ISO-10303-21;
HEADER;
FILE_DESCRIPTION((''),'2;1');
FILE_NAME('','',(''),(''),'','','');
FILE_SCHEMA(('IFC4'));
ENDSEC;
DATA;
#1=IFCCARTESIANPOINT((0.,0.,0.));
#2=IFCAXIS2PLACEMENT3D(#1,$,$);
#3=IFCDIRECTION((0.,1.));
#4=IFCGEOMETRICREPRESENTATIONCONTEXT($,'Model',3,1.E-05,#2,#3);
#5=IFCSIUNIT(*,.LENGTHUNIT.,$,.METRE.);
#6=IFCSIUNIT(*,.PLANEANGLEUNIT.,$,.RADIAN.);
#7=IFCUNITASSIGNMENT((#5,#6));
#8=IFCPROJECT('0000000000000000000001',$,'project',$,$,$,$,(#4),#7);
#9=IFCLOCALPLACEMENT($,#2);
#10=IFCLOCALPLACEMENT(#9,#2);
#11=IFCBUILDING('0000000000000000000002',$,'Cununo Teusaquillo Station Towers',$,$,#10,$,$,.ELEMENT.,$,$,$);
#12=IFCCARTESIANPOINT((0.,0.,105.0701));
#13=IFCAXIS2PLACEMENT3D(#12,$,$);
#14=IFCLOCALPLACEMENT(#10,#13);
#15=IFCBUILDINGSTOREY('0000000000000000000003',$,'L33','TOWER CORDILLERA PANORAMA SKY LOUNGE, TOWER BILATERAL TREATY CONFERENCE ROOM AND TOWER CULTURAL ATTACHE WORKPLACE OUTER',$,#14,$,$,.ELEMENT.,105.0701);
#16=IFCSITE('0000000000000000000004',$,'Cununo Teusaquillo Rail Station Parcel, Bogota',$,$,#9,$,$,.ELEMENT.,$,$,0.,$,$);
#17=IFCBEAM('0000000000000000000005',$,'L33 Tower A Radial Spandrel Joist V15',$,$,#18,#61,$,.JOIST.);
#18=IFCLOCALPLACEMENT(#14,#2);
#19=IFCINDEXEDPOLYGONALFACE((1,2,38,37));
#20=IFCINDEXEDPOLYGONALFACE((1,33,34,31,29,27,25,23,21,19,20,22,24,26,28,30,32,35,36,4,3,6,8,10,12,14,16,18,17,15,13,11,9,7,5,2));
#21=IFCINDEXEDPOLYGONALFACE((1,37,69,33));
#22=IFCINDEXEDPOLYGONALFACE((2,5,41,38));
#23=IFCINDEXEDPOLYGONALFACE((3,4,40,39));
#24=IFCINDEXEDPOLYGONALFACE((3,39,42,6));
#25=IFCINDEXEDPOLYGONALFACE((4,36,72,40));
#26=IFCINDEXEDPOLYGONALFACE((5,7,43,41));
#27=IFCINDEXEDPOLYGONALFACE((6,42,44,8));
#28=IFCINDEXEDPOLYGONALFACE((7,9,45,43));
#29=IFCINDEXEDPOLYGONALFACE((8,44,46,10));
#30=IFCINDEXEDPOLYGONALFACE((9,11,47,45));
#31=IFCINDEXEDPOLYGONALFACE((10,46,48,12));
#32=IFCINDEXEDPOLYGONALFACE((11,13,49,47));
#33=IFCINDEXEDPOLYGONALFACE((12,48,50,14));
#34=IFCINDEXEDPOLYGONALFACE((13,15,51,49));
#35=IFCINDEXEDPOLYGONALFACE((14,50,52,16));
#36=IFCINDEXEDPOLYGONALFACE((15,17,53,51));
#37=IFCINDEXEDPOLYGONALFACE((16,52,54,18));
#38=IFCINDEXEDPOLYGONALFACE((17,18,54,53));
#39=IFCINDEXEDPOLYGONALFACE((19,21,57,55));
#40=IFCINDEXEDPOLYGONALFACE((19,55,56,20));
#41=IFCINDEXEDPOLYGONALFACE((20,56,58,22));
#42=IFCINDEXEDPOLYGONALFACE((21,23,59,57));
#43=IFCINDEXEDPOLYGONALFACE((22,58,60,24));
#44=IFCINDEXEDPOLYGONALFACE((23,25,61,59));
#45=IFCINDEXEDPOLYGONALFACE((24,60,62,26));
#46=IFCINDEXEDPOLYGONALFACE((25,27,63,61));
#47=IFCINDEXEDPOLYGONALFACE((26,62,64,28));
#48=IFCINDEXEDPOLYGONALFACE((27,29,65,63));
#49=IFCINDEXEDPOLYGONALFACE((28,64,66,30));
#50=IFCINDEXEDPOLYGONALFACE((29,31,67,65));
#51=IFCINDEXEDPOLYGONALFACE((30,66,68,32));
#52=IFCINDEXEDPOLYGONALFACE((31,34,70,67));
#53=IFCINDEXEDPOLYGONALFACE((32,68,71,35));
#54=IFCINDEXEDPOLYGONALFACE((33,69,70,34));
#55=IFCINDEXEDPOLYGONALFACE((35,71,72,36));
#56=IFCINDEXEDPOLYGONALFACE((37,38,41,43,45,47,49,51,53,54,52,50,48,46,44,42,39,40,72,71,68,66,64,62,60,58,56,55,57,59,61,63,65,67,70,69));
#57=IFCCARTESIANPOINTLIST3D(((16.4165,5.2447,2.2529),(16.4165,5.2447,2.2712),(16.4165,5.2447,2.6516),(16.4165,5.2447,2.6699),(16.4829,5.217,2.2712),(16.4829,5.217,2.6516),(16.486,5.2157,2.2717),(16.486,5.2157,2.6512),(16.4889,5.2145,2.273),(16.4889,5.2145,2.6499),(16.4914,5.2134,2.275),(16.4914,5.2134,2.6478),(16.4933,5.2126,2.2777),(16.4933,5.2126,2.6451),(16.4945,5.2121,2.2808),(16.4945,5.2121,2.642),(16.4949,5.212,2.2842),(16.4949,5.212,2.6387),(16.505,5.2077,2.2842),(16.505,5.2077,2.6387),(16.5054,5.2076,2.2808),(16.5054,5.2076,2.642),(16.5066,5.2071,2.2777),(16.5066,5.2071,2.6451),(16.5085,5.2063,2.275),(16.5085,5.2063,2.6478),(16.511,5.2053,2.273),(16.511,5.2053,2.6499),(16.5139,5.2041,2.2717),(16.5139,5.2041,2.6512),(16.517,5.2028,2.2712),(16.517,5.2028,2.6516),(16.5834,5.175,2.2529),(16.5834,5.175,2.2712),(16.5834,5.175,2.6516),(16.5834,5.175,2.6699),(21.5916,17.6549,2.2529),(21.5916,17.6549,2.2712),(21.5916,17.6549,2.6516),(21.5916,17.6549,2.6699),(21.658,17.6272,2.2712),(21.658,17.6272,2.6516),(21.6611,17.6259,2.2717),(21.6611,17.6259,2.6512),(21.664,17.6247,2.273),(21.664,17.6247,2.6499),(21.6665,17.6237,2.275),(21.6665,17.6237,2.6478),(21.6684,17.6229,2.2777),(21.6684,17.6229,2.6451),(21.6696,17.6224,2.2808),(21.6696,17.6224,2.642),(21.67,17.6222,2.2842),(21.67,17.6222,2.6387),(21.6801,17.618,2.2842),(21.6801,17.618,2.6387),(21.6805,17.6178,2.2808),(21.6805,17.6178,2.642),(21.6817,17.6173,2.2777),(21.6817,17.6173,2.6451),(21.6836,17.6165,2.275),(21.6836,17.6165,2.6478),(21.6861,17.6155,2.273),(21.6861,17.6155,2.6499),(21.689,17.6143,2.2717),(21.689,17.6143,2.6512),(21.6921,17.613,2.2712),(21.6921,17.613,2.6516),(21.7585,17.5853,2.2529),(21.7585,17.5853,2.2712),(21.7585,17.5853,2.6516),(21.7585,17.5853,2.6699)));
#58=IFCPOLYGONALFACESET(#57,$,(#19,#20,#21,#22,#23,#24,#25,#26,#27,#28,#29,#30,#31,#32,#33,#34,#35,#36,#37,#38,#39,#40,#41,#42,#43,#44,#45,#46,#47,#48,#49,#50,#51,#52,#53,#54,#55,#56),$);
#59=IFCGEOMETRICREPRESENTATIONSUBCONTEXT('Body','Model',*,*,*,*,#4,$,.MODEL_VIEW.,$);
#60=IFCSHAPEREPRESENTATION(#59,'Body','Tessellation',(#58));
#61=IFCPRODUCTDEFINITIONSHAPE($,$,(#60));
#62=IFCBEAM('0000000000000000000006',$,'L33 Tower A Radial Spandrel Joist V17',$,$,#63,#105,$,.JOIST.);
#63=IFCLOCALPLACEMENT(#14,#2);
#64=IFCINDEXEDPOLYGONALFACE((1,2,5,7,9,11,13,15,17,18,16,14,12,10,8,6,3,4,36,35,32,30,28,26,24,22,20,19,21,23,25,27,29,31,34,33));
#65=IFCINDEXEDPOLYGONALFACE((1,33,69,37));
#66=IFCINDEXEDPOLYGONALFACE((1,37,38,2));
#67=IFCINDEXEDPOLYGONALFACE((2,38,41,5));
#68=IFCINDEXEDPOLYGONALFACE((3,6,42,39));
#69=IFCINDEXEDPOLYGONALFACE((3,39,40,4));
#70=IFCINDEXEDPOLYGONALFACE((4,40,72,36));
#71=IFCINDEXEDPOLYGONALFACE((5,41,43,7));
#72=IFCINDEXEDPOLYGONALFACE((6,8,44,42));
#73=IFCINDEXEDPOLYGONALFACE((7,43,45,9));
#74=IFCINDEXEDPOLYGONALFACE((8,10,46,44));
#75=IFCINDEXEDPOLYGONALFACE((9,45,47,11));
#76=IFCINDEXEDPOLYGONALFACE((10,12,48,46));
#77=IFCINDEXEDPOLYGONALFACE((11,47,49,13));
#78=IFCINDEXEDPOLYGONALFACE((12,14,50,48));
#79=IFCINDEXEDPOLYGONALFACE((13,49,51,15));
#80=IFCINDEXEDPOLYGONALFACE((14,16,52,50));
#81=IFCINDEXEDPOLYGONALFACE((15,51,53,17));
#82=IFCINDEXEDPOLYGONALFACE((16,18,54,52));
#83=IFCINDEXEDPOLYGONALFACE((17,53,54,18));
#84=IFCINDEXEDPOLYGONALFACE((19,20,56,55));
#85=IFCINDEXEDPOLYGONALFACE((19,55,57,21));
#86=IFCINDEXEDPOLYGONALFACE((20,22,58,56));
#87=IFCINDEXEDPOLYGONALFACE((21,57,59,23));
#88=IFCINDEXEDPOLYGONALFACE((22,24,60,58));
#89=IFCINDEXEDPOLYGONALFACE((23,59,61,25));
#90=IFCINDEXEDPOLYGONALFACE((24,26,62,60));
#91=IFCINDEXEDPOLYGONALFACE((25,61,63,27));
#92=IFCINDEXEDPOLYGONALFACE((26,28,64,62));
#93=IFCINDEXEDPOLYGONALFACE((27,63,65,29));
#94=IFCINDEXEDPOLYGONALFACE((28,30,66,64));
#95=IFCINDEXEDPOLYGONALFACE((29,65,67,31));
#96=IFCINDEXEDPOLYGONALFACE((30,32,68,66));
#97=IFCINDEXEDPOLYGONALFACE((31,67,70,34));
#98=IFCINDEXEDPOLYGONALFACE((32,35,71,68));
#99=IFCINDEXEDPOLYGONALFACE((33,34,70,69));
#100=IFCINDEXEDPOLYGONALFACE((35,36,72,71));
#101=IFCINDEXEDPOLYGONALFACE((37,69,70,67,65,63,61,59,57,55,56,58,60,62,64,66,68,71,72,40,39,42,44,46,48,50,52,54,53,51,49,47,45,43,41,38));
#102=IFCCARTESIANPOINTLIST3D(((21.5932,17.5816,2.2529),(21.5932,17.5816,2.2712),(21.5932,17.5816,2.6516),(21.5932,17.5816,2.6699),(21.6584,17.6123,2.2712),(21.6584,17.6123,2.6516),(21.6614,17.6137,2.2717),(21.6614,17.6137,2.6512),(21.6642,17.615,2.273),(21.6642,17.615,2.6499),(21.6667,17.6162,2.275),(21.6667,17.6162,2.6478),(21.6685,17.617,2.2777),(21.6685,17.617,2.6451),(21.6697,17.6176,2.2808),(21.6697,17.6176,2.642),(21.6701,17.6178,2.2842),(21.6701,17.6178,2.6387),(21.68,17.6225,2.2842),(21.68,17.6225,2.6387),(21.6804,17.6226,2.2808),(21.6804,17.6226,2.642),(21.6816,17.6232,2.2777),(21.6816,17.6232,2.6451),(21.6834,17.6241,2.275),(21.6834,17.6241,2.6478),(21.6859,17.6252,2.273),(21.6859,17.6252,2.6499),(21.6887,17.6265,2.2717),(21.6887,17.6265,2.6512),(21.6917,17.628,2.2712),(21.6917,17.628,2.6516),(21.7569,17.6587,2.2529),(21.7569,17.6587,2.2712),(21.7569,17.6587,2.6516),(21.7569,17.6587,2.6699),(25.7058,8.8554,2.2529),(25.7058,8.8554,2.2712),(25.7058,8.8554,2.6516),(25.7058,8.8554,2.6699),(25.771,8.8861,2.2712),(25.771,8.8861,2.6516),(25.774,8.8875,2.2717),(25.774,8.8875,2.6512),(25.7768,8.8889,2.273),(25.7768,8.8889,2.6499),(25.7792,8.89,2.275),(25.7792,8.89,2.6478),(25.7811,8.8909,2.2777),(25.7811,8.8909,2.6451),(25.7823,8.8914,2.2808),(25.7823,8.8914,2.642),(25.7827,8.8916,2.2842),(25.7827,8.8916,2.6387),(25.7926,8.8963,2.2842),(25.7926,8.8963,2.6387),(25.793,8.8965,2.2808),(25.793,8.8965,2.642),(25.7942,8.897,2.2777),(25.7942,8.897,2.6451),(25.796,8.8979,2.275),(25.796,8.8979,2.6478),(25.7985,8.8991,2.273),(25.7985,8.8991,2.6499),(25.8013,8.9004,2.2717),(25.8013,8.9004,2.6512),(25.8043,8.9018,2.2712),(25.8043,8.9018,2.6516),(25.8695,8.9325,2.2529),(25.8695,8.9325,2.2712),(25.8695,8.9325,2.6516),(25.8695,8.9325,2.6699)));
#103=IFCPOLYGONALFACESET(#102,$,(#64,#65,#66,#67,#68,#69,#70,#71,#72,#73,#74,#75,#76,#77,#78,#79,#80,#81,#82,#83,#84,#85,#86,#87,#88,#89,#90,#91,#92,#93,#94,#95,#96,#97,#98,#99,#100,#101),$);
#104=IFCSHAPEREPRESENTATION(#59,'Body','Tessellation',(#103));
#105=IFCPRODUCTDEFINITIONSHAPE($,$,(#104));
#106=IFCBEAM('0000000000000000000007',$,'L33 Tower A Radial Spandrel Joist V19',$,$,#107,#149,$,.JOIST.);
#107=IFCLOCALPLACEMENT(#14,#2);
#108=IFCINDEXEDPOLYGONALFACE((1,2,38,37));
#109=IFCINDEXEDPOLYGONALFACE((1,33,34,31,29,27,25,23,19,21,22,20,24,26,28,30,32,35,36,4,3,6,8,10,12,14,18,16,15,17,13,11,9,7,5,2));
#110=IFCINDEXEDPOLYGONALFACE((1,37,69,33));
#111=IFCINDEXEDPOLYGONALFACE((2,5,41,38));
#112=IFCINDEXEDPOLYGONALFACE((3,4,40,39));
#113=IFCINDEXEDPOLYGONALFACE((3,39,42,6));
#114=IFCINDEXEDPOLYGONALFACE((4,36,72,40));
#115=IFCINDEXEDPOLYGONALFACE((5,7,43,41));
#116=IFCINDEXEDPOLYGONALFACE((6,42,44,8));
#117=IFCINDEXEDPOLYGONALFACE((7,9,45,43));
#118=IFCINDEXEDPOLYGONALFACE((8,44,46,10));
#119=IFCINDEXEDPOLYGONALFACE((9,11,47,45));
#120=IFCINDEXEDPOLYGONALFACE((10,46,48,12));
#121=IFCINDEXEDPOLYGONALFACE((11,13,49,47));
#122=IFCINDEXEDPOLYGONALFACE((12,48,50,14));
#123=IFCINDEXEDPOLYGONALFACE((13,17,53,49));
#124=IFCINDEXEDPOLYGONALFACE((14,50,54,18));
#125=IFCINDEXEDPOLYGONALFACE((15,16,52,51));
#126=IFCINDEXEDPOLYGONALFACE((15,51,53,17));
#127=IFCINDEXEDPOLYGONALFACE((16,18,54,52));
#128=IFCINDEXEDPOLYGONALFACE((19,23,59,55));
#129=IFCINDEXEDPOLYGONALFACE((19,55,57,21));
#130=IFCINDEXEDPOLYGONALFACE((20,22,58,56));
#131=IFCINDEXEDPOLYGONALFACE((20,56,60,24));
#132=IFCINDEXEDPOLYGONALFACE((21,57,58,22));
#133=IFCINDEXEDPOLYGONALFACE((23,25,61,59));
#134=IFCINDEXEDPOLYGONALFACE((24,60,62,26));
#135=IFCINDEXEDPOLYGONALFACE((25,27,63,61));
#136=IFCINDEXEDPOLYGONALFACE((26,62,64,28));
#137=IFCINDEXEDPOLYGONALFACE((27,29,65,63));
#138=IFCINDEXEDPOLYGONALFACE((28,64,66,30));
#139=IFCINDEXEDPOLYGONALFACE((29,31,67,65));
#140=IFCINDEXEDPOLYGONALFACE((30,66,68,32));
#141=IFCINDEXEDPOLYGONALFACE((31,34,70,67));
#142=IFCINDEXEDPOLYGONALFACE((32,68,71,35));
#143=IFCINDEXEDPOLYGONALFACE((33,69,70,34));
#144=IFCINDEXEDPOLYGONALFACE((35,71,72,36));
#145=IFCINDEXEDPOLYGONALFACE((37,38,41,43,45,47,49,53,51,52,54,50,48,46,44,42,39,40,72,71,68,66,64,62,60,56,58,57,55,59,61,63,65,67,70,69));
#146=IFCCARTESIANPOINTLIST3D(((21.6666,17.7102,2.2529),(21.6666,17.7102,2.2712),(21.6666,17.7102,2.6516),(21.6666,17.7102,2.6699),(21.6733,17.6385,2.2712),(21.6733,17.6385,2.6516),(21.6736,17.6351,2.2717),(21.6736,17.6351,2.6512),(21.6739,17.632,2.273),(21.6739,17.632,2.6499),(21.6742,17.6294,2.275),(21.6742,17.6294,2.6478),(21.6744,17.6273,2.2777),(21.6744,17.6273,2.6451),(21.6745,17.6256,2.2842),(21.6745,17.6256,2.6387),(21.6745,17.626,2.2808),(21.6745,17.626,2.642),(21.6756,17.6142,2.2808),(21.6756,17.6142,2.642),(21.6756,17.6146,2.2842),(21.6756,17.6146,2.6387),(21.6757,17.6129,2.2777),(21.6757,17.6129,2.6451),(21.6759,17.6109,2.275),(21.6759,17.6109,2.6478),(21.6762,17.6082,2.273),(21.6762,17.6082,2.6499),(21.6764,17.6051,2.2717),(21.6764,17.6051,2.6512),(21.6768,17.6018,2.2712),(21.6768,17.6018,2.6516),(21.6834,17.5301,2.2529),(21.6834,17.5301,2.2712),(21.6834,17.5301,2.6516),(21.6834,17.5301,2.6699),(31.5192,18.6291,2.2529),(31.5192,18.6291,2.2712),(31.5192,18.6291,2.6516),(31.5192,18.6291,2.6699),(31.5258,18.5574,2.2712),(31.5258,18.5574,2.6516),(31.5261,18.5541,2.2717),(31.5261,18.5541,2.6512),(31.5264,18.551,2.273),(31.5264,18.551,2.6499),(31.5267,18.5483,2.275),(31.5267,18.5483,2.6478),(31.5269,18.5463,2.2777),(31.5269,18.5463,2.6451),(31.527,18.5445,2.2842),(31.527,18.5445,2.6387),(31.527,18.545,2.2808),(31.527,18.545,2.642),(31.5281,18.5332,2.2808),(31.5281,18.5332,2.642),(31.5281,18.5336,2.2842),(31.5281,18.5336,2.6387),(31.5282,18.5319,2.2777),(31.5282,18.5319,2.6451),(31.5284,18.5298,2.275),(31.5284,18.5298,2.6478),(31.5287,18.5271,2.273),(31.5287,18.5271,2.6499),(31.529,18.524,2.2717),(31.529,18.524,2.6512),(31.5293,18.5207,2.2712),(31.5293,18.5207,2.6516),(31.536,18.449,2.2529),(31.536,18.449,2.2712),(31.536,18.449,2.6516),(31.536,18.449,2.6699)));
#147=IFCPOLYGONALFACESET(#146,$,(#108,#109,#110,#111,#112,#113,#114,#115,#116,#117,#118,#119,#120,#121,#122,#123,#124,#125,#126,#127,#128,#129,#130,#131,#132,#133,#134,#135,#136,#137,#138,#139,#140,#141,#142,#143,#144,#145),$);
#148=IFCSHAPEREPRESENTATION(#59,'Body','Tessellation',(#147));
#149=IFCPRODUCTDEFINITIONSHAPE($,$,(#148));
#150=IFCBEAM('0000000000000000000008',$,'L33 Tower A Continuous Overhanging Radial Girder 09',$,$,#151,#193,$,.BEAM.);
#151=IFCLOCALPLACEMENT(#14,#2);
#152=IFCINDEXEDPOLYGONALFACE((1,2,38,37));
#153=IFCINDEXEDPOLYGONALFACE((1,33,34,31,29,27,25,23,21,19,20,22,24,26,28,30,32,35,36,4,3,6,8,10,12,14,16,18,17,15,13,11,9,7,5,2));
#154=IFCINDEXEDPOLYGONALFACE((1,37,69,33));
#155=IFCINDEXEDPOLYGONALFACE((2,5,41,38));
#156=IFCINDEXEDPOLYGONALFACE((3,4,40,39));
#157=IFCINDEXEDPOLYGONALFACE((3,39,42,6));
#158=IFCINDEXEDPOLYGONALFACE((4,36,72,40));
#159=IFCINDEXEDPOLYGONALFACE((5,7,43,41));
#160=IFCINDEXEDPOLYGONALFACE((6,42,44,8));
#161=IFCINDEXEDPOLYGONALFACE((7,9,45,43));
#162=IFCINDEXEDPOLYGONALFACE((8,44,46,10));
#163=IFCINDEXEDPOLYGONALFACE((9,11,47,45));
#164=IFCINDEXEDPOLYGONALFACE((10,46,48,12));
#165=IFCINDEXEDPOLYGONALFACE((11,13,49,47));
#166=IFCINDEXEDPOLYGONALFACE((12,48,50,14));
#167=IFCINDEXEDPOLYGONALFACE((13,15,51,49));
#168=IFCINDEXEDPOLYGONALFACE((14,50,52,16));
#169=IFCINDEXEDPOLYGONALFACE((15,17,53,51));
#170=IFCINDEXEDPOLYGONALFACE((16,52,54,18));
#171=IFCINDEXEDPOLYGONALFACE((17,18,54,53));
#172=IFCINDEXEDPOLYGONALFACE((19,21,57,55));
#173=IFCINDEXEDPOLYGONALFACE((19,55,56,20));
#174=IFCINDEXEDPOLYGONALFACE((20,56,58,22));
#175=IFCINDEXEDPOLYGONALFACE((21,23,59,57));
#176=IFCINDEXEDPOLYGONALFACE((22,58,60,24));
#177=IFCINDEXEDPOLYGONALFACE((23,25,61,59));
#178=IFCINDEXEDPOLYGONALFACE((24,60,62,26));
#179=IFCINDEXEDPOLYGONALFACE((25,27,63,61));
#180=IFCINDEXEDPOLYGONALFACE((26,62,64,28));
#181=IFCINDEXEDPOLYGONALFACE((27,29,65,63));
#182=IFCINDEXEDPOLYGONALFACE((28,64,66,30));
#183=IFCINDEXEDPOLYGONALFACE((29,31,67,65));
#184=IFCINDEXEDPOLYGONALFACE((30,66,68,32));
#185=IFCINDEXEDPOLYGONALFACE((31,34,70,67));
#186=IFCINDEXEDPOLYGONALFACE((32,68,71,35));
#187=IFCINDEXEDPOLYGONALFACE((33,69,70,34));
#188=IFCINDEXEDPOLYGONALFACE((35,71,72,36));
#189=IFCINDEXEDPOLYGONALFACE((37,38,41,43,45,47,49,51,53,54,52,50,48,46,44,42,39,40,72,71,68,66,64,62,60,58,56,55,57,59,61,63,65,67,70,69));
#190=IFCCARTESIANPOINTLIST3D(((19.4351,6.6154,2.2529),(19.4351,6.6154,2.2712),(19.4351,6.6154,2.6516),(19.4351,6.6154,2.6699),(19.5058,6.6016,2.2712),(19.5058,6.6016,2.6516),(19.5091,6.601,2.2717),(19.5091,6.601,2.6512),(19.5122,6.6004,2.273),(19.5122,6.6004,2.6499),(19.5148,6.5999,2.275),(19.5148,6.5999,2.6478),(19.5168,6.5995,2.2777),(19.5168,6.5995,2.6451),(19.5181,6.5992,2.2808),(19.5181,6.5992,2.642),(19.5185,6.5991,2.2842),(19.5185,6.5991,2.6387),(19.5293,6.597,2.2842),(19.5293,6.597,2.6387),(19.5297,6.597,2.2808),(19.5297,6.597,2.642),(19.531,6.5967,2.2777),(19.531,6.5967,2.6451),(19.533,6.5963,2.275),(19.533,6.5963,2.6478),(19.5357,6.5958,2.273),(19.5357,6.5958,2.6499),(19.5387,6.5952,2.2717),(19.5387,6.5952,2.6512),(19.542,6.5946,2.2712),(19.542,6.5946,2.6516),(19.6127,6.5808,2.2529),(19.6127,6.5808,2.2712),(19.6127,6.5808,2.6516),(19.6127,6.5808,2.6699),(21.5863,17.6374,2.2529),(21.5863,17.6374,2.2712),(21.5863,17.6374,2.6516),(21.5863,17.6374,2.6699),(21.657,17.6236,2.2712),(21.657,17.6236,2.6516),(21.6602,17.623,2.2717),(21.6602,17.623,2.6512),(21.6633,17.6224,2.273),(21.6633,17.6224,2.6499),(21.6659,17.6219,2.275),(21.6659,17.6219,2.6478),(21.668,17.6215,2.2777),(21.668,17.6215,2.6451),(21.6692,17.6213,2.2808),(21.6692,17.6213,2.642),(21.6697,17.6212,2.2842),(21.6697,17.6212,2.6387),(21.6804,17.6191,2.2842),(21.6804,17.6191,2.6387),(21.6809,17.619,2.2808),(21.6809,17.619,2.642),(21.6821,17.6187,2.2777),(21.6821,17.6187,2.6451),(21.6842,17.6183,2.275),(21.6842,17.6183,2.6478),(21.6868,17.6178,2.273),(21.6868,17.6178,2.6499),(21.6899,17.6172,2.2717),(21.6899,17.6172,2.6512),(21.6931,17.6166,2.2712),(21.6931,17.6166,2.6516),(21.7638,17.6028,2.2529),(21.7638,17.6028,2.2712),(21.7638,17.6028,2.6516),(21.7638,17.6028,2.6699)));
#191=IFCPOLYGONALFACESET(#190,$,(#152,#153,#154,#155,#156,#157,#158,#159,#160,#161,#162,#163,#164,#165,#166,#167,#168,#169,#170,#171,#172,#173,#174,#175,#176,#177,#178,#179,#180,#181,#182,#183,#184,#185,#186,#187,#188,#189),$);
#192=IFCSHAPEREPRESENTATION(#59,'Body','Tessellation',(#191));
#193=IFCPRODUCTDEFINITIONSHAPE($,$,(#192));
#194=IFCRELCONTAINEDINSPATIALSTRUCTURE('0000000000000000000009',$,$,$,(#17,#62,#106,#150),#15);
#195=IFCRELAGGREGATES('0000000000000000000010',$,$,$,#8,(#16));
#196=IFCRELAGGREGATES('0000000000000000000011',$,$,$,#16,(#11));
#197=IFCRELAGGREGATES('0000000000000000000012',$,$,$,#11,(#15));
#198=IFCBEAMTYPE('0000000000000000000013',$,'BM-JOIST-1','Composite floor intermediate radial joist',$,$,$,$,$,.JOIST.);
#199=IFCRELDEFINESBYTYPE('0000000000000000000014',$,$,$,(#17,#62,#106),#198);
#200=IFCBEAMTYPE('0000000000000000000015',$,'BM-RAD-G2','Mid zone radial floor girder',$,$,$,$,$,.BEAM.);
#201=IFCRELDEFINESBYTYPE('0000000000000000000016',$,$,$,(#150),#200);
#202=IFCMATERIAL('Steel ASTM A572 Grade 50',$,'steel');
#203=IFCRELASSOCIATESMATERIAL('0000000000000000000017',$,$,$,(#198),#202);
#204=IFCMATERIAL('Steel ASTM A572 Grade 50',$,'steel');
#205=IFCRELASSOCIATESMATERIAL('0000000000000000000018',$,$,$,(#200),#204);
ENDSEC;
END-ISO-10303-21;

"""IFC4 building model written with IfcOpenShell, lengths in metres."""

from ifc_helpers import new_model, si_unit, direction, frame, origin, origin_2d, place, context, subcontext, project, spatial, i_section, extrude, material, material_profile, profile_set, type_object, element, save


model = new_model("IFC4")

# Units and contexts
model_context = context("Model", 3, precision=1e-05, world=origin(), true_north=direction((0.0, 1.0)))
body_context = subcontext(model_context, "Body", "Model", "MODEL_VIEW")
ifc_project = project(units=[si_unit("LENGTHUNIT", "METRE"), si_unit("PLANEANGLEUNIT", "RADIAN")], contexts=[model_context])

# Site, building, storey
site_placement = place(None, origin())
site = spatial("IfcSite", under=ifc_project, at=site_placement, Name="Cununo Teusaquillo Rail Station Parcel, Bogota", CompositionType="ELEMENT", RefElevation=0.0)
building_placement = place(site_placement, origin())
building = spatial("IfcBuilding", under=site, at=building_placement, Name="Cununo Teusaquillo Station Towers", CompositionType="ELEMENT")
storey_placement = place(building_placement, frame((0.0, 0.0, 105.0701)))
storey = spatial("IfcBuildingStorey", under=building, at=storey_placement, Name="L33", Description="TOWER CORDILLERA PANORAMA SKY LOUNGE, TOWER BILATERAL TREATY CONFERENCE ROOM AND TOWER CULTURAL ATTACHE WORKPLACE OUTER", CompositionType="ELEMENT", Elevation=105.0701)

# Beams
ifc_material_1 = material(Name="Steel ASTM A572 Grade 50", Category="steel")
ifc_material_profile_1 = material_profile(ifc_material_1, i_section(OverallWidth=0.1809, OverallDepth=0.417, WebThickness=0.011, FlangeThickness=0.0183, FilletRadius=0.0129, at=origin_2d()), Name="W16X57")
ifc_profile_set_1 = profile_set([ifc_material_profile_1], Name="Steel ASTM A572 Grade 50")
beam_type_1 = type_object("IfcBeamType", Name="BM-JOIST-1", Description="Composite floor intermediate radial joist", PredefinedType="JOIST", material=ifc_profile_set_1)
beam_1_placement = place(storey_placement, frame((21.675, 17.6201, 2.4614), z_axis=(-0.384878, -0.922967, 0.0), x_axis=(0.922967, -0.384878, 0.0)))
element("IfcBeam", 1, at=beam_1_placement, inside=storey, type_object=beam_type_1, Name="L33 Tower A Radial Spandrel Joist V15", PredefinedType="JOIST", context=body_context, shape_type="SweptSolid", body=[
    extrude(i_section(OverallWidth=0.1809, OverallDepth=0.417, WebThickness=0.011, FlangeThickness=0.0183, FilletRadius=0.0129, at=origin_2d()), origin(), (0.0, 0.0, 1.0), 13.446),
])
beam_2_placement = place(storey_placement, frame((21.675, 17.6201, 2.4614), z_axis=(0.42632, -0.904572, 0.0), x_axis=(0.904572, 0.42632, 0.0)))
element("IfcBeam", 2, at=beam_2_placement, inside=storey, type_object=beam_type_1, Name="L33 Tower A Radial Spandrel Joist V17", PredefinedType="JOIST", context=body_context, shape_type="SweptSolid", body=[
    extrude(i_section(OverallWidth=0.1809, OverallDepth=0.417, WebThickness=0.011, FlangeThickness=0.0183, FilletRadius=0.0129, at=origin_2d()), origin(), (0.0, 0.0, 1.0), 9.6467),
])
beam_3_placement = place(storey_placement, frame((21.675, 17.6201, 2.4614), z_axis=(0.995679, 0.092867, 0.0), x_axis=(-0.092867, 0.995679, 0.0)))
element("IfcBeam", 3, at=beam_3_placement, inside=storey, type_object=beam_type_1, Name="L33 Tower A Radial Spandrel Joist V19", PredefinedType="JOIST", context=body_context, shape_type="SweptSolid", body=[
    extrude(i_section(OverallWidth=0.1809, OverallDepth=0.417, WebThickness=0.011, FlangeThickness=0.0183, FilletRadius=0.0129, at=origin_2d()), origin(), (0.0, 0.0, 1.0), 9.8953),
])
ifc_material_2 = material(Name="Steel ASTM A572 Grade 50", Category="steel")
ifc_material_profile_2 = material_profile(ifc_material_2, i_section(OverallWidth=0.1809, OverallDepth=0.417, WebThickness=0.011, FlangeThickness=0.0183, FilletRadius=0.0129, at=origin_2d()), Name="W16X57")
ifc_profile_set_2 = profile_set([ifc_material_profile_2], Name="Steel ASTM A572 Grade 50")
beam_type_2 = type_object("IfcBeamType", Name="BM-RAD-G2", Description="Mid zone radial floor girder", PredefinedType="BEAM", material=ifc_profile_set_2)
beam_4_placement = place(storey_placement, frame((21.675, 17.6201, 2.4614), z_axis=(-0.191553, -0.981482, 0.0), x_axis=(0.981482, -0.191553, 0.0)))
element("IfcBeam", 4, at=beam_4_placement, inside=storey, type_object=beam_type_2, Name="L33 Tower A Continuous Overhanging Radial Girder 09", PredefinedType="BEAM", context=body_context, shape_type="SweptSolid", body=[
    extrude(i_section(OverallWidth=0.1809, OverallDepth=0.417, WebThickness=0.011, FlangeThickness=0.0183, FilletRadius=0.0129, at=origin_2d()), origin(), (0.0, 0.0, 1.0), 11.23),
])

save(model, "model.ifc")
